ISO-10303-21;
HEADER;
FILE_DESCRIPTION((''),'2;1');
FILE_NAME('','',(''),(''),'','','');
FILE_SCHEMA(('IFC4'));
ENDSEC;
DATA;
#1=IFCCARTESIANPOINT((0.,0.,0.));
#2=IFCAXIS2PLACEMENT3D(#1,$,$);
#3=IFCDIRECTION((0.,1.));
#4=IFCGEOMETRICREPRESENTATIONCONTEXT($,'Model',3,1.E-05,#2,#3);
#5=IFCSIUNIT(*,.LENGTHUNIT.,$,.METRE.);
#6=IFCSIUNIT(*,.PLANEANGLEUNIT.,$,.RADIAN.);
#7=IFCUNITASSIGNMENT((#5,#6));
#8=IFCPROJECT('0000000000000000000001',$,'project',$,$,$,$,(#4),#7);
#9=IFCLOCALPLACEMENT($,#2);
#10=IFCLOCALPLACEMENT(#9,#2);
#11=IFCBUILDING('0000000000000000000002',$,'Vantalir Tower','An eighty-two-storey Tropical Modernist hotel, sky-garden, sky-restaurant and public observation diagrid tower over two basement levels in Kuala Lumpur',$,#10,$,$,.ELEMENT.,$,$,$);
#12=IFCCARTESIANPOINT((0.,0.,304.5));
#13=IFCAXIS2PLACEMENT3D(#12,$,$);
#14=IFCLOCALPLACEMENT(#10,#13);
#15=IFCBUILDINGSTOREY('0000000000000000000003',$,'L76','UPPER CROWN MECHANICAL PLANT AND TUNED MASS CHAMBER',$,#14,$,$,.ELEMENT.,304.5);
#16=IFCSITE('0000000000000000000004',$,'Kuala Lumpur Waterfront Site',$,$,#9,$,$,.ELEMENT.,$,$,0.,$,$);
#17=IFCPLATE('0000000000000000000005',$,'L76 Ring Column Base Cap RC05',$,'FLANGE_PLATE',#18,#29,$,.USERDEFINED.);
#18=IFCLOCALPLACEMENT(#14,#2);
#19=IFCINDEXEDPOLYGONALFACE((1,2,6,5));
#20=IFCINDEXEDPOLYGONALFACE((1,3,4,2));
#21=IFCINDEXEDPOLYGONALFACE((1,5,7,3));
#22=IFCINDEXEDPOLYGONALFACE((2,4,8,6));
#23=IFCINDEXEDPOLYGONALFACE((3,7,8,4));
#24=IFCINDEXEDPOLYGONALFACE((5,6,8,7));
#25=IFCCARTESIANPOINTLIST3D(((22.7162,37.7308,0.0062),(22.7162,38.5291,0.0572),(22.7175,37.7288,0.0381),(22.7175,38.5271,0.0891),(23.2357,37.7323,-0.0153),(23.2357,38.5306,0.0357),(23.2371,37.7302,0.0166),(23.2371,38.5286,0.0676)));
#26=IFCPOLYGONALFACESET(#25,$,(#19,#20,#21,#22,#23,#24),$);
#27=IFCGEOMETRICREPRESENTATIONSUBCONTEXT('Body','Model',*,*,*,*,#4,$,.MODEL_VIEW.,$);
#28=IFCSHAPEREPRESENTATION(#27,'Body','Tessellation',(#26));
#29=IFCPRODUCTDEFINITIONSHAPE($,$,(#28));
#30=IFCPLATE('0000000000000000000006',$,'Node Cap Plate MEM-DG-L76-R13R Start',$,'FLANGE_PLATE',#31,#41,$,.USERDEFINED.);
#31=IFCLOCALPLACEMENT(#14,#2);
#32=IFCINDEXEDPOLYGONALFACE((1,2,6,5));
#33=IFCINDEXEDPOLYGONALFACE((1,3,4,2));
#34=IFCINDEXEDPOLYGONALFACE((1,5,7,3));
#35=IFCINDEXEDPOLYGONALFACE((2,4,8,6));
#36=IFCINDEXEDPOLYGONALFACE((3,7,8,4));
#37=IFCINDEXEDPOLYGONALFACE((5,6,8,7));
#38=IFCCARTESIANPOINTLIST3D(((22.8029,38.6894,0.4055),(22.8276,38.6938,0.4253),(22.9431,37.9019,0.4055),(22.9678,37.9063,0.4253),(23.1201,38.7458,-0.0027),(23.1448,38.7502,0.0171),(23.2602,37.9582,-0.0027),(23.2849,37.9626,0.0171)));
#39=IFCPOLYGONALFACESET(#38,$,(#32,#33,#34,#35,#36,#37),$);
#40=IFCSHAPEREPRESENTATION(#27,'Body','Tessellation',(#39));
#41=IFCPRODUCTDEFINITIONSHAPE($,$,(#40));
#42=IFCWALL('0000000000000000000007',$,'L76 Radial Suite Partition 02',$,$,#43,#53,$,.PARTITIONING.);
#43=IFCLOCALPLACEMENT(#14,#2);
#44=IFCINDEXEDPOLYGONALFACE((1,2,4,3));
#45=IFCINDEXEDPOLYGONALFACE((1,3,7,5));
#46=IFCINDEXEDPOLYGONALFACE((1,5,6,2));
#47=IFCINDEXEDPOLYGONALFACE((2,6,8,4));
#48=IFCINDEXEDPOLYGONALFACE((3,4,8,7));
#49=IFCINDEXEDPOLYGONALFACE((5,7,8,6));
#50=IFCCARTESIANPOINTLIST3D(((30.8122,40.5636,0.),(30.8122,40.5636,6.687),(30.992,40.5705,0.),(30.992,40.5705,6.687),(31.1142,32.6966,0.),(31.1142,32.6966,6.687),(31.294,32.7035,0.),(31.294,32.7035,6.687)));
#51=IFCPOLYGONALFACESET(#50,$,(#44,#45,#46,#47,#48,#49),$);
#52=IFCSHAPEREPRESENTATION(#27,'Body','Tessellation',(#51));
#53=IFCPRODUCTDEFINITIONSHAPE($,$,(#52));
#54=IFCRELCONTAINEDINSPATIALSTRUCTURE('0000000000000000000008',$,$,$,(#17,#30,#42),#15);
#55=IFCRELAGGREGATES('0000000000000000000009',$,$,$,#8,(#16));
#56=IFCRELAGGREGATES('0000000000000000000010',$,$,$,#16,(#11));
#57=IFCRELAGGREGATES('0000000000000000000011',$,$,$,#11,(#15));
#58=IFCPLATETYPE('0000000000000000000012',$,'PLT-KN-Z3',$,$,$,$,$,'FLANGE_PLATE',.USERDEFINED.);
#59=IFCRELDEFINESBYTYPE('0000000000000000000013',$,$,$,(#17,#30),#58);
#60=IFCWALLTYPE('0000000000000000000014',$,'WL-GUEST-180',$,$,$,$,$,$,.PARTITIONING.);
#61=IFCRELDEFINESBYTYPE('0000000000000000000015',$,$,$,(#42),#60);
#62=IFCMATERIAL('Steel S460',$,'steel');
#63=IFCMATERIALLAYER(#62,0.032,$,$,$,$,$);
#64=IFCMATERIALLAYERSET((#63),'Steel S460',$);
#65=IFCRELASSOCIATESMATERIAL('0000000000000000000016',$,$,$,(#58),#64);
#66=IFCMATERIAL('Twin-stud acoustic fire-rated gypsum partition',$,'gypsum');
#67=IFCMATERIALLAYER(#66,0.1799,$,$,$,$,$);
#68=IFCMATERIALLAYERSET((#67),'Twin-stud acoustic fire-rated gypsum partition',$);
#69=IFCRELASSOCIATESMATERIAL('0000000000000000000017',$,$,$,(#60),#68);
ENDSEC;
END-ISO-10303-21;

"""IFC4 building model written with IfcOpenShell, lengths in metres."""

from ifc_helpers import new_model, si_unit, direction, frame, frame_2d, origin, place, context, subcontext, project, spatial, polyline, rectangle, outline, extrude, material, layer, layer_set, type_object, element, save


model = new_model("IFC4")

# Units and contexts
model_context = context("Model", 3, precision=1e-05, world=origin(), true_north=direction((0.0, 1.0)))
body_context = subcontext(model_context, "Body", "Model", "MODEL_VIEW")
ifc_project = project(units=[si_unit("LENGTHUNIT", "METRE"), si_unit("PLANEANGLEUNIT", "RADIAN")], contexts=[model_context])

# Site, building, storey
site_placement = place(None, origin())
site = spatial("IfcSite", under=ifc_project, at=site_placement, Name="Kuala Lumpur Waterfront Site", CompositionType="ELEMENT", RefElevation=0.0)
building_placement = place(site_placement, origin())
building = spatial("IfcBuilding", under=site, at=building_placement, Name="Vantalir Tower", Description="An eighty-two-storey Tropical Modernist hotel, sky-garden, sky-restaurant and public observation diagrid tower over two basement levels in Kuala Lumpur", CompositionType="ELEMENT")
storey_placement = place(building_placement, frame((0.0, 0.0, 304.5)))
storey = spatial("IfcBuildingStorey", under=building, at=storey_placement, Name="L76", Description="UPPER CROWN MECHANICAL PLANT AND TUNED MASS CHAMBER", CompositionType="ELEMENT", Elevation=304.5)

# Shared definitions
ifc_material_1 = material(Name="Steel S460", Category="steel")

# Plates
ifc_layer_1 = layer(ifc_material_1, 0.032)
ifc_layer_set_1 = layer_set([ifc_layer_1], Name="Steel S460")
plate_type_1 = type_object("IfcPlateType", Name="PLT-KN-Z3", ElementType="FLANGE_PLATE", PredefinedType="USERDEFINED", material=ifc_layer_set_1)
plate_1_placement = place(storey_placement, frame((22.7175, 38.5271, 0.0891), z_axis=(0.041413, -0.06373, 0.997108), x_axis=(0.0, -0.997964, -0.063784)))
element("IfcPlate", 1, at=plate_1_placement, inside=storey, type_object=plate_type_1, Name="L76 Ring Column Base Cap RC05", ObjectType="FLANGE_PLATE", PredefinedType="USERDEFINED", context=body_context, shape_type="SweptSolid", body=[
    extrude(outline(polyline([(0.0, 0.0), (0.8, 0.0), (0.7999, 0.52), (-0.0001, 0.52), (0.0, 0.0)])), origin(), (0.0, 0.0, -1.0), 0.032),
])
plate_2_placement = place(storey_placement, frame((23.2849, 37.9626, 0.0171), z_axis=(0.772885, 0.137519, 0.619465), x_axis=(-0.175178, 0.984537, 0.0)))
element("IfcPlate", 2, at=plate_2_placement, inside=storey, type_object=plate_type_1, Name="Node Cap Plate MEM-DG-L76-R13R Start", ObjectType="FLANGE_PLATE", PredefinedType="USERDEFINED", context=body_context, shape_type="SweptSolid", body=[
    extrude(outline(polyline([(0.0, 0.0), (0.8, 0.0), (0.8, 0.52), (0.0, 0.52), (0.0, 0.0)])), origin(), (0.0, 0.0, -1.0), 0.032),
])

# Wall
ifc_material_2 = material(Name="Twin-stud acoustic fire-rated gypsum partition", Category="gypsum")
ifc_layer_2 = layer(ifc_material_2, 0.1799)
ifc_layer_set_2 = layer_set([ifc_layer_2], Name="Twin-stud acoustic fire-rated gypsum partition")
wall_type = type_object("IfcWallType", Name="WL-GUEST-180", PredefinedType="PARTITIONING", material=ifc_layer_set_2)
wall_placement = place(storey_placement, frame((31.2041, 32.7, 0.0), z_axis=(0.0, 0.0, 1.0), x_axis=(-0.03836, 0.999264, 0.0)))
element("IfcWall", 3, at=wall_placement, inside=storey, type_object=wall_type, Name="L76 Radial Suite Partition 02", PredefinedType="PARTITIONING", context=body_context, shape_type="SweptSolid", body=[
    extrude(rectangle(XDim=7.8728, YDim=0.1799, at=frame_2d((3.9365, 0.0))), origin(), (0.0, 0.0, 1.0), 6.687),
])

save(model, "model.ifc")
